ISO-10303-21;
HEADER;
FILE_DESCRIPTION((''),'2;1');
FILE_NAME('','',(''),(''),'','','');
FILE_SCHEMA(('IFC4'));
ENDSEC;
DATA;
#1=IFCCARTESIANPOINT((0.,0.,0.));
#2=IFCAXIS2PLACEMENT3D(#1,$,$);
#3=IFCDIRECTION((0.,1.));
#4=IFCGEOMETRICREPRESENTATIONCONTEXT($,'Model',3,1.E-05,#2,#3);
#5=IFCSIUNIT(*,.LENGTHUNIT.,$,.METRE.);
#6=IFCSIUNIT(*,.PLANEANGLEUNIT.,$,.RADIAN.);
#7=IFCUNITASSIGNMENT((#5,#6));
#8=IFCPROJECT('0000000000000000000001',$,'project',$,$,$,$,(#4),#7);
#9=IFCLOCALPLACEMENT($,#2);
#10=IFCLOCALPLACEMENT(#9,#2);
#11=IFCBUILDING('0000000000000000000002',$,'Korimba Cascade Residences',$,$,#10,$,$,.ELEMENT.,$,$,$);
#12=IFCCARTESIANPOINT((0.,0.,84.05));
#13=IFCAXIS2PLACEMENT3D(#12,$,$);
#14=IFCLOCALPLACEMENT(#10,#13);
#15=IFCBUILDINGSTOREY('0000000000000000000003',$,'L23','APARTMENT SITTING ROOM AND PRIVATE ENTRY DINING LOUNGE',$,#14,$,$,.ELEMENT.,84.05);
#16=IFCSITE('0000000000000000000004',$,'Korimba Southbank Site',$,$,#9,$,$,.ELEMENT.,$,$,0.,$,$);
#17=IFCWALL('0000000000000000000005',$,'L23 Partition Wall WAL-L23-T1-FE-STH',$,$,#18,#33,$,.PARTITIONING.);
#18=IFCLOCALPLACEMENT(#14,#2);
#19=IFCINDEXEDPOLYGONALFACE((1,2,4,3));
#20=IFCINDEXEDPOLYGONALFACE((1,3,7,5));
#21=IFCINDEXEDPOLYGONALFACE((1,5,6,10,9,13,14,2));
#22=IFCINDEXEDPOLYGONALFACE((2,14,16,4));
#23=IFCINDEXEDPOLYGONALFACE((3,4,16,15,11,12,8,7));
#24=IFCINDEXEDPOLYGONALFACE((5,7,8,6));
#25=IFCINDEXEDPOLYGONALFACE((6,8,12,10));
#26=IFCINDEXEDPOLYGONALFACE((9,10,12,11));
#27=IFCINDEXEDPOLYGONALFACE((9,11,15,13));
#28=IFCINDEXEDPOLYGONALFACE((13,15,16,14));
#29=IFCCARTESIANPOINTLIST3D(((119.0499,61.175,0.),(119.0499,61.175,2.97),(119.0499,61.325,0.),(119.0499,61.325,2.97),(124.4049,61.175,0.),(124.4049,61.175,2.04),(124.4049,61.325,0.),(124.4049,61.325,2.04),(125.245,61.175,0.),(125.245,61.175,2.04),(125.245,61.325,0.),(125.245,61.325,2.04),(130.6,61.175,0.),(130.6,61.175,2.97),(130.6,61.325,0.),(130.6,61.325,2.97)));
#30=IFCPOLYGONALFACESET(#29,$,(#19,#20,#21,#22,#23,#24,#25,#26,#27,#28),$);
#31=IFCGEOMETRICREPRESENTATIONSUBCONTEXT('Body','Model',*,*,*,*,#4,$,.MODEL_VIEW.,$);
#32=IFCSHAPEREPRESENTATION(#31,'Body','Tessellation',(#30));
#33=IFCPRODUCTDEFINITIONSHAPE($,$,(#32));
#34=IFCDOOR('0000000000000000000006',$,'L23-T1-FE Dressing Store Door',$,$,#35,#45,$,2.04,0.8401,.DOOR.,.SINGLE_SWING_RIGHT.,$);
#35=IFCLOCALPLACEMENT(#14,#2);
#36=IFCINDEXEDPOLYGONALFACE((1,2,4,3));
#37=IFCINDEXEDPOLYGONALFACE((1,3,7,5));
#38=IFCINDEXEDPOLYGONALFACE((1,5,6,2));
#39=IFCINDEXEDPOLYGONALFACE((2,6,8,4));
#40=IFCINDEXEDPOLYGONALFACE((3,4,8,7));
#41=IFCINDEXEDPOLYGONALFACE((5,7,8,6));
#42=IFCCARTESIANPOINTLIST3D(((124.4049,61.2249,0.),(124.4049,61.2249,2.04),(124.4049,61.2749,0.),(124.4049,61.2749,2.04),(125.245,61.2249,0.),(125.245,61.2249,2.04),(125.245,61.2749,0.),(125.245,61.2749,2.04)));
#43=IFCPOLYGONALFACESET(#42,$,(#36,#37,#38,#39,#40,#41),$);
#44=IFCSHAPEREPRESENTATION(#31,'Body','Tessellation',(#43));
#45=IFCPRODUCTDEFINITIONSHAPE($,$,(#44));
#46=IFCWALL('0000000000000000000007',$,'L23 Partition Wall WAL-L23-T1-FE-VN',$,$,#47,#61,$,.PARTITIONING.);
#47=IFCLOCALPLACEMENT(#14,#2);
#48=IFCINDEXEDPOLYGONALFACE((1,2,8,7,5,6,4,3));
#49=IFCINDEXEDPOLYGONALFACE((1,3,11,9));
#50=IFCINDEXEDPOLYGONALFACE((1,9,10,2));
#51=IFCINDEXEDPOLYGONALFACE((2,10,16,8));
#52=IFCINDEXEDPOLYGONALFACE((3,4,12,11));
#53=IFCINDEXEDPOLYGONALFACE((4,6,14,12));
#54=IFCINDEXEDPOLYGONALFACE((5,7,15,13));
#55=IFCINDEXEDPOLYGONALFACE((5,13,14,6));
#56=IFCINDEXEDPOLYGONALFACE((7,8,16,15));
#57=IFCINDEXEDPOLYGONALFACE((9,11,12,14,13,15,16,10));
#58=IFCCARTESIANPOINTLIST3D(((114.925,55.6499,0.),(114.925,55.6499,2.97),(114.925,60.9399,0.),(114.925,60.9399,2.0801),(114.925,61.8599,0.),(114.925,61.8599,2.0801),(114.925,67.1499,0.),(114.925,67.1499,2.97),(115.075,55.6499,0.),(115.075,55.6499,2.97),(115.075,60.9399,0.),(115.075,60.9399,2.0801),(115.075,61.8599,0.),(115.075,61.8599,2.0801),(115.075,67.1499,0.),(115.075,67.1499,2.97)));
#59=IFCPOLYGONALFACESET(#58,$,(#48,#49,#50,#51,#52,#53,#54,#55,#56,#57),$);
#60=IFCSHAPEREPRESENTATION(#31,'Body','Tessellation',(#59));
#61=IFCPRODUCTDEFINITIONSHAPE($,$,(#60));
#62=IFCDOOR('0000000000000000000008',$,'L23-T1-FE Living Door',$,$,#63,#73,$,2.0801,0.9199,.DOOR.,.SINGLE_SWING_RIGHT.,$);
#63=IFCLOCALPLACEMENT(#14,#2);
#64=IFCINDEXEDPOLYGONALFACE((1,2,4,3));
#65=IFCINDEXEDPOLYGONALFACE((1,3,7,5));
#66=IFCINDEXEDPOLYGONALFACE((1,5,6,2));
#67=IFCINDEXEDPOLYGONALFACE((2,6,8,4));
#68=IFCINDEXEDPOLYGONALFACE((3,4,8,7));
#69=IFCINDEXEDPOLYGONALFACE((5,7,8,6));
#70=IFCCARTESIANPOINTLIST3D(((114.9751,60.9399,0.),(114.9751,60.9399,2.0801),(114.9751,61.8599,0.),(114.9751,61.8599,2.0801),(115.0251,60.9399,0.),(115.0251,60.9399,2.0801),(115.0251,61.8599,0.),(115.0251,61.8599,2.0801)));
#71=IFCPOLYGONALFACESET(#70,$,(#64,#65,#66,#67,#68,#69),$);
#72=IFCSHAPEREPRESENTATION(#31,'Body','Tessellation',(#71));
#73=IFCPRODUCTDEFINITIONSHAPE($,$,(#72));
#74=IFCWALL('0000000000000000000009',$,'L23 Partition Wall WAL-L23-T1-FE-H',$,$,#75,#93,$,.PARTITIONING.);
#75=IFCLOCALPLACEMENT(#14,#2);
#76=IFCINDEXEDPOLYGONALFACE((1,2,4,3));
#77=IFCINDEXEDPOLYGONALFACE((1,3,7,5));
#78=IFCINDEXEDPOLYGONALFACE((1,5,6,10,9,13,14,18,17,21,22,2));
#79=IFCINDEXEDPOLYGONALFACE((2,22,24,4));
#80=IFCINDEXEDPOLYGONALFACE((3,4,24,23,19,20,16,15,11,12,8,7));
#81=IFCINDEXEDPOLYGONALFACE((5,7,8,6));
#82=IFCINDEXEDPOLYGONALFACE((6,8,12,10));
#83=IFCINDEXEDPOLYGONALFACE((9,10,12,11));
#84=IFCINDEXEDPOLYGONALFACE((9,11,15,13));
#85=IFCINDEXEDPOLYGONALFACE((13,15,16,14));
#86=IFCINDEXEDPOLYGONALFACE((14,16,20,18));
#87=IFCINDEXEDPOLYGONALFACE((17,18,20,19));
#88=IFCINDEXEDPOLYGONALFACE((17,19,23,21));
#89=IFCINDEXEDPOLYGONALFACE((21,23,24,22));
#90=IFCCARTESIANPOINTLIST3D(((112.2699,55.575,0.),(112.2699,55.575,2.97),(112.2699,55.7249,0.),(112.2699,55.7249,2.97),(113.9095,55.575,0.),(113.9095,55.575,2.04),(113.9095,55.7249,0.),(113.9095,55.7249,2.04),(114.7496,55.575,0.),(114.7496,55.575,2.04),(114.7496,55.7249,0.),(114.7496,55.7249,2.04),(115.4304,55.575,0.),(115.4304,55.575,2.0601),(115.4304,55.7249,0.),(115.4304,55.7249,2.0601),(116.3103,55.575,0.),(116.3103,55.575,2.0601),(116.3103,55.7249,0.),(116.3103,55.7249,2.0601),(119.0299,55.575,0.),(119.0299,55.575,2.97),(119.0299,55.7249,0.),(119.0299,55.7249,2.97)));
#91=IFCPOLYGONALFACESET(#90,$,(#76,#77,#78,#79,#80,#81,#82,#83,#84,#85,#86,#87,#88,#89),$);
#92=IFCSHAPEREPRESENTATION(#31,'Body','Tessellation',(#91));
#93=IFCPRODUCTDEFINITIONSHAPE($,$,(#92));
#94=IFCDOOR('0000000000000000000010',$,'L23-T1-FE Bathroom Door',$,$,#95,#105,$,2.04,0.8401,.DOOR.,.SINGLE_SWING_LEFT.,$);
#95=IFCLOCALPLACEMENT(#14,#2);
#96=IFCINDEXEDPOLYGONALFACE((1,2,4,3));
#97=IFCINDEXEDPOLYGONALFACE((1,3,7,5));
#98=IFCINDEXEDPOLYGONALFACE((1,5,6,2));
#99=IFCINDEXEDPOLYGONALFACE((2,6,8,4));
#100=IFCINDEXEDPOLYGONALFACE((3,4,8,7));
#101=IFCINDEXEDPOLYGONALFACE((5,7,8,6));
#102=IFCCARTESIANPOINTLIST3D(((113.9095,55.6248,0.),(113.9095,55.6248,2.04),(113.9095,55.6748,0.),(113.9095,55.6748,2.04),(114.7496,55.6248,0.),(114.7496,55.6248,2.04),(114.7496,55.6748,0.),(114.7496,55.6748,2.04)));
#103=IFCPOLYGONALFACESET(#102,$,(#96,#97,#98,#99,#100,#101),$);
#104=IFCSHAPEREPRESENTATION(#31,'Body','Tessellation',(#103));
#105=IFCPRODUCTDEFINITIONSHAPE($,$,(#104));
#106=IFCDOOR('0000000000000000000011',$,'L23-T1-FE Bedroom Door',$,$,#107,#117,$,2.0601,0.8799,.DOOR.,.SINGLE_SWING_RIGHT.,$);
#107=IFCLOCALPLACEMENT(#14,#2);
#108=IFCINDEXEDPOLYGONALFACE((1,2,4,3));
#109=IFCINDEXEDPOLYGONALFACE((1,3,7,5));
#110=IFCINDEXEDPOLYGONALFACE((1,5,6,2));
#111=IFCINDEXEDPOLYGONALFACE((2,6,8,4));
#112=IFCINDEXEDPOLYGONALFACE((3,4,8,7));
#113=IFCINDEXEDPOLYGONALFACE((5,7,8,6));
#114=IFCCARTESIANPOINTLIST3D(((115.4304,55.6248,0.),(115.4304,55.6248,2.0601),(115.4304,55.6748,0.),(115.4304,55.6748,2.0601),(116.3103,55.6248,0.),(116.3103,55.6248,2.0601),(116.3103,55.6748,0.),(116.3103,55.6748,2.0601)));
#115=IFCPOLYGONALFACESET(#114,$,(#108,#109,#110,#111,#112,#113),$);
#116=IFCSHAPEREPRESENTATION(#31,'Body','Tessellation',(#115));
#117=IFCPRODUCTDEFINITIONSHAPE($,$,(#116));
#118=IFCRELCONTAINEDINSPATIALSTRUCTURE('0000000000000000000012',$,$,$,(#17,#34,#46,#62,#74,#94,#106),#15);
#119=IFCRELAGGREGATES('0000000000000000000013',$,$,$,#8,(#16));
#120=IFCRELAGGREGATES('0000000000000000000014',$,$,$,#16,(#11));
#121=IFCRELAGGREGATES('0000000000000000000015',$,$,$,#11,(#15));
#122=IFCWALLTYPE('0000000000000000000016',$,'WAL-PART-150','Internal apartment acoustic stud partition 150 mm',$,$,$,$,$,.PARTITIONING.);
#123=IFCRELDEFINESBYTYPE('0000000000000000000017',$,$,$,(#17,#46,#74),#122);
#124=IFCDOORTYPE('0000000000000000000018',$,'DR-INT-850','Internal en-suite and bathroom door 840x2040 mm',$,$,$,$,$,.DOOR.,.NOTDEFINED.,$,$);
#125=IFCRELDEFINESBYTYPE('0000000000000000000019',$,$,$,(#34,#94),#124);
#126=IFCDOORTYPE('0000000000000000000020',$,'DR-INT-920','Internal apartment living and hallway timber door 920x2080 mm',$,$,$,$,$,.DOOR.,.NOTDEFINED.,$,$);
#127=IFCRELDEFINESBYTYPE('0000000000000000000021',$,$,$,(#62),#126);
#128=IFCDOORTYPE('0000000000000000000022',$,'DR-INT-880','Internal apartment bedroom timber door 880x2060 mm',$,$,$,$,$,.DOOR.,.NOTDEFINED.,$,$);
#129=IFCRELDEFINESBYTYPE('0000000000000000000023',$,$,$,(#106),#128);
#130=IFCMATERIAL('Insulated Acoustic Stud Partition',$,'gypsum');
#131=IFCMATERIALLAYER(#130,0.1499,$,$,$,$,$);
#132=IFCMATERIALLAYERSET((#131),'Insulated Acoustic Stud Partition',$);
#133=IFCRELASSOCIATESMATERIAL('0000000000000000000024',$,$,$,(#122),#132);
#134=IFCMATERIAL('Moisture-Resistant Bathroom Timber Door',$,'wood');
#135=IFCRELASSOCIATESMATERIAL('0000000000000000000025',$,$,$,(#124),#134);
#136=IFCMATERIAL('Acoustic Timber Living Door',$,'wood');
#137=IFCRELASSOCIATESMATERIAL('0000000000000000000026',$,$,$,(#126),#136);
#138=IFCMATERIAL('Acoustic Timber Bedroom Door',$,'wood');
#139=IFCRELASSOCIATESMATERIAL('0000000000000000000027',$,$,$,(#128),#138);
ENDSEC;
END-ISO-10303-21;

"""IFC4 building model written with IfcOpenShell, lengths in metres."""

from ifc_helpers import new_model, si_unit, direction, frame, frame_2d, origin, place, context, subcontext, project, spatial, rectangle, extrude, material, layer, layer_set, type_object, element, fill, save


model = new_model("IFC4")

# Units and contexts
model_context = context("Model", 3, precision=1e-05, world=origin(), true_north=direction((0.0, 1.0)))
body_context = subcontext(model_context, "Body", "Model", "MODEL_VIEW")
ifc_project = project(units=[si_unit("LENGTHUNIT", "METRE"), si_unit("PLANEANGLEUNIT", "RADIAN")], contexts=[model_context])

# Site, building, storey
site_placement = place(None, origin())
site = spatial("IfcSite", under=ifc_project, at=site_placement, Name="Korimba Southbank Site", CompositionType="ELEMENT", RefElevation=0.0)
building_placement = place(site_placement, origin())
building = spatial("IfcBuilding", under=site, at=building_placement, Name="Korimba Cascade Residences", CompositionType="ELEMENT")
storey_placement = place(building_placement, frame((0.0, 0.0, 84.05)))
storey = spatial("IfcBuildingStorey", under=building, at=storey_placement, Name="L23", Description="APARTMENT SITTING ROOM AND PRIVATE ENTRY DINING LOUNGE", CompositionType="ELEMENT", Elevation=84.05)

# Walls, openings, doors
ifc_material_1 = material(Name="Insulated Acoustic Stud Partition", Category="gypsum")
ifc_layer_1 = layer(ifc_material_1, 0.1499)
ifc_layer_set_1 = layer_set([ifc_layer_1], Name="Insulated Acoustic Stud Partition")
wall_type_1 = type_object("IfcWallType", Name="WAL-PART-150", Description="Internal apartment acoustic stud partition 150 mm", PredefinedType="PARTITIONING", material=ifc_layer_set_1)
wall_1_placement = place(storey_placement, frame((119.05, 61.25, 0.0), z_axis=(0.0, 0.0, 1.0), x_axis=(1.0, 0.0, 0.0)))
wall_1 = element("IfcWall", 1, at=wall_1_placement, inside=storey, type_object=wall_type_1, Name="L23 Partition Wall WAL-L23-T1-FE-STH", PredefinedType="PARTITIONING", context=body_context, shape_type="SweptSolid", body=[
    extrude(rectangle(XDim=11.55, YDim=0.1499, at=frame_2d((5.7749, 0.0))), origin(), (0.0, 0.0, 1.0), 2.97),
])
opening_1_placement = place(wall_1_placement, frame((5.355, 0.0, 0.0)))
opening_1 = element("IfcOpeningElement", 2, at=opening_1_placement, cuts=wall_1, PredefinedType="OPENING", context=body_context, shape_type="SweptSolid", body=[
    extrude(rectangle(XDim=0.8401, YDim=2.04, at=frame_2d((0.4199, 1.02))), frame((0.0, 0.085, 0.0), z_axis=(0.0, -1.0, 0.0), x_axis=(1.0, 0.0, 0.0)), (0.0, 0.0, 1.0), 0.1699),
])
ifc_material_2 = material(Name="Moisture-Resistant Bathroom Timber Door", Category="wood")
door_type_1 = type_object("IfcDoorType", Name="DR-INT-850", Description="Internal en-suite and bathroom door 840x2040 mm", OperationType="NOTDEFINED", PredefinedType="DOOR", material=ifc_material_2)
door_1_placement = place(opening_1_placement, origin())
door_1 = element("IfcDoor", 3, at=door_1_placement, inside=storey, type_object=door_type_1, Name="L23-T1-FE Dressing Store Door", OperationType="SINGLE_SWING_RIGHT", OverallHeight=2.04, OverallWidth=0.8401, PredefinedType="DOOR", context=body_context, shape_type="SweptSolid", body=[
    extrude(rectangle(XDim=0.8401, YDim=2.04, at=frame_2d((0.4199, 1.02))), frame((0.0, 0.0249, 0.0), z_axis=(0.0, -1.0, 0.0), x_axis=(1.0, 0.0, 0.0)), (0.0, 0.0, 1.0), 0.05),
])
fill(opening_1, door_1)
wall_2_placement = place(storey_placement, frame((115.0, 55.6499, 0.0), z_axis=(0.0, 0.0, 1.0), x_axis=(0.0, 1.0, 0.0)))
wall_2 = element("IfcWall", 4, at=wall_2_placement, inside=storey, type_object=wall_type_1, Name="L23 Partition Wall WAL-L23-T1-FE-VN", PredefinedType="PARTITIONING", context=body_context, shape_type="SweptSolid", body=[
    extrude(rectangle(XDim=11.5, YDim=0.1499, at=frame_2d((5.75, 0.0))), origin(), (0.0, 0.0, 1.0), 2.97),
])
opening_2_placement = place(wall_2_placement, frame((5.29, 0.0, 0.0)))
opening_2 = element("IfcOpeningElement", 5, at=opening_2_placement, cuts=wall_2, PredefinedType="OPENING", context=body_context, shape_type="SweptSolid", body=[
    extrude(rectangle(XDim=0.9199, YDim=2.0801, at=frame_2d((0.46, 1.04))), frame((0.0, 0.085, 0.0), z_axis=(0.0, -1.0, 0.0), x_axis=(1.0, 0.0, 0.0)), (0.0, 0.0, 1.0), 0.1699),
])
ifc_material_3 = material(Name="Acoustic Timber Living Door", Category="wood")
door_type_2 = type_object("IfcDoorType", Name="DR-INT-920", Description="Internal apartment living and hallway timber door 920x2080 mm", OperationType="NOTDEFINED", PredefinedType="DOOR", material=ifc_material_3)
door_2_placement = place(opening_2_placement, origin())
door_2 = element("IfcDoor", 6, at=door_2_placement, inside=storey, type_object=door_type_2, Name="L23-T1-FE Living Door", OperationType="SINGLE_SWING_RIGHT", OverallHeight=2.0801, OverallWidth=0.9199, PredefinedType="DOOR", context=body_context, shape_type="SweptSolid", body=[
    extrude(rectangle(XDim=0.9199, YDim=2.0801, at=frame_2d((0.46, 1.04))), frame((0.0, 0.0249, 0.0), z_axis=(0.0, -1.0, 0.0), x_axis=(1.0, 0.0, 0.0)), (0.0, 0.0, 1.0), 0.05),
])
fill(opening_2, door_2)

# Wall, openings, doors
wall_3_placement = place(storey_placement, frame((112.27, 55.6499, 0.0), z_axis=(0.0, 0.0, 1.0), x_axis=(1.0, 0.0, 0.0)))
wall_3 = element("IfcWall", 7, at=wall_3_placement, inside=storey, type_object=wall_type_1, Name="L23 Partition Wall WAL-L23-T1-FE-H", PredefinedType="PARTITIONING", context=body_context, shape_type="SweptSolid", body=[
    extrude(rectangle(XDim=6.76, YDim=0.1499, at=frame_2d((3.3799, 0.0))), origin(), (0.0, 0.0, 1.0), 2.97),
])
opening_3_placement = place(wall_3_placement, frame((1.6396, 0.0, 0.0)))
opening_3 = element("IfcOpeningElement", 8, at=opening_3_placement, cuts=wall_3, PredefinedType="OPENING", context=body_context, shape_type="SweptSolid", body=[
    extrude(rectangle(XDim=0.8401, YDim=2.04, at=frame_2d((0.4199, 1.02))), frame((0.0, 0.085, 0.0), z_axis=(0.0, -1.0, 0.0), x_axis=(1.0, 0.0, 0.0)), (0.0, 0.0, 1.0), 0.1699),
])
opening_4_placement = place(wall_3_placement, frame((3.1604, 0.0, 0.0)))
opening_4 = element("IfcOpeningElement", 9, at=opening_4_placement, cuts=wall_3, PredefinedType="OPENING", context=body_context, shape_type="SweptSolid", body=[
    extrude(rectangle(XDim=0.8799, YDim=2.0601, at=frame_2d((0.4399, 1.03))), frame((0.0, 0.085, 0.0), z_axis=(0.0, -1.0, 0.0), x_axis=(1.0, 0.0, 0.0)), (0.0, 0.0, 1.0), 0.1699),
])
door_3_placement = place(opening_3_placement, origin())
door_3 = element("IfcDoor", 10, at=door_3_placement, inside=storey, type_object=door_type_1, Name="L23-T1-FE Bathroom Door", OperationType="SINGLE_SWING_LEFT", OverallHeight=2.04, OverallWidth=0.8401, PredefinedType="DOOR", context=body_context, shape_type="SweptSolid", body=[
    extrude(rectangle(XDim=0.8401, YDim=2.04, at=frame_2d((0.4199, 1.02))), frame((0.0, 0.0249, 0.0), z_axis=(0.0, -1.0, 0.0), x_axis=(1.0, 0.0, 0.0)), (0.0, 0.0, 1.0), 0.05),
])
fill(opening_3, door_3)
ifc_material_4 = material(Name="Acoustic Timber Bedroom Door", Category="wood")
door_type_3 = type_object("IfcDoorType", Name="DR-INT-880", Description="Internal apartment bedroom timber door 880x2060 mm", OperationType="NOTDEFINED", PredefinedType="DOOR", material=ifc_material_4)
door_4_placement = place(opening_4_placement, origin())
door_4 = element("IfcDoor", 11, at=door_4_placement, inside=storey, type_object=door_type_3, Name="L23-T1-FE Bedroom Door", OperationType="SINGLE_SWING_RIGHT", OverallHeight=2.0601, OverallWidth=0.8799, PredefinedType="DOOR", context=body_context, shape_type="SweptSolid", body=[
    extrude(rectangle(XDim=0.8799, YDim=2.0601, at=frame_2d((0.4399, 1.03))), frame((0.0, 0.0249, 0.0), z_axis=(0.0, -1.0, 0.0), x_axis=(1.0, 0.0, 0.0)), (0.0, 0.0, 1.0), 0.05),
])
fill(opening_4, door_4)

save(model, "model.ifc")
